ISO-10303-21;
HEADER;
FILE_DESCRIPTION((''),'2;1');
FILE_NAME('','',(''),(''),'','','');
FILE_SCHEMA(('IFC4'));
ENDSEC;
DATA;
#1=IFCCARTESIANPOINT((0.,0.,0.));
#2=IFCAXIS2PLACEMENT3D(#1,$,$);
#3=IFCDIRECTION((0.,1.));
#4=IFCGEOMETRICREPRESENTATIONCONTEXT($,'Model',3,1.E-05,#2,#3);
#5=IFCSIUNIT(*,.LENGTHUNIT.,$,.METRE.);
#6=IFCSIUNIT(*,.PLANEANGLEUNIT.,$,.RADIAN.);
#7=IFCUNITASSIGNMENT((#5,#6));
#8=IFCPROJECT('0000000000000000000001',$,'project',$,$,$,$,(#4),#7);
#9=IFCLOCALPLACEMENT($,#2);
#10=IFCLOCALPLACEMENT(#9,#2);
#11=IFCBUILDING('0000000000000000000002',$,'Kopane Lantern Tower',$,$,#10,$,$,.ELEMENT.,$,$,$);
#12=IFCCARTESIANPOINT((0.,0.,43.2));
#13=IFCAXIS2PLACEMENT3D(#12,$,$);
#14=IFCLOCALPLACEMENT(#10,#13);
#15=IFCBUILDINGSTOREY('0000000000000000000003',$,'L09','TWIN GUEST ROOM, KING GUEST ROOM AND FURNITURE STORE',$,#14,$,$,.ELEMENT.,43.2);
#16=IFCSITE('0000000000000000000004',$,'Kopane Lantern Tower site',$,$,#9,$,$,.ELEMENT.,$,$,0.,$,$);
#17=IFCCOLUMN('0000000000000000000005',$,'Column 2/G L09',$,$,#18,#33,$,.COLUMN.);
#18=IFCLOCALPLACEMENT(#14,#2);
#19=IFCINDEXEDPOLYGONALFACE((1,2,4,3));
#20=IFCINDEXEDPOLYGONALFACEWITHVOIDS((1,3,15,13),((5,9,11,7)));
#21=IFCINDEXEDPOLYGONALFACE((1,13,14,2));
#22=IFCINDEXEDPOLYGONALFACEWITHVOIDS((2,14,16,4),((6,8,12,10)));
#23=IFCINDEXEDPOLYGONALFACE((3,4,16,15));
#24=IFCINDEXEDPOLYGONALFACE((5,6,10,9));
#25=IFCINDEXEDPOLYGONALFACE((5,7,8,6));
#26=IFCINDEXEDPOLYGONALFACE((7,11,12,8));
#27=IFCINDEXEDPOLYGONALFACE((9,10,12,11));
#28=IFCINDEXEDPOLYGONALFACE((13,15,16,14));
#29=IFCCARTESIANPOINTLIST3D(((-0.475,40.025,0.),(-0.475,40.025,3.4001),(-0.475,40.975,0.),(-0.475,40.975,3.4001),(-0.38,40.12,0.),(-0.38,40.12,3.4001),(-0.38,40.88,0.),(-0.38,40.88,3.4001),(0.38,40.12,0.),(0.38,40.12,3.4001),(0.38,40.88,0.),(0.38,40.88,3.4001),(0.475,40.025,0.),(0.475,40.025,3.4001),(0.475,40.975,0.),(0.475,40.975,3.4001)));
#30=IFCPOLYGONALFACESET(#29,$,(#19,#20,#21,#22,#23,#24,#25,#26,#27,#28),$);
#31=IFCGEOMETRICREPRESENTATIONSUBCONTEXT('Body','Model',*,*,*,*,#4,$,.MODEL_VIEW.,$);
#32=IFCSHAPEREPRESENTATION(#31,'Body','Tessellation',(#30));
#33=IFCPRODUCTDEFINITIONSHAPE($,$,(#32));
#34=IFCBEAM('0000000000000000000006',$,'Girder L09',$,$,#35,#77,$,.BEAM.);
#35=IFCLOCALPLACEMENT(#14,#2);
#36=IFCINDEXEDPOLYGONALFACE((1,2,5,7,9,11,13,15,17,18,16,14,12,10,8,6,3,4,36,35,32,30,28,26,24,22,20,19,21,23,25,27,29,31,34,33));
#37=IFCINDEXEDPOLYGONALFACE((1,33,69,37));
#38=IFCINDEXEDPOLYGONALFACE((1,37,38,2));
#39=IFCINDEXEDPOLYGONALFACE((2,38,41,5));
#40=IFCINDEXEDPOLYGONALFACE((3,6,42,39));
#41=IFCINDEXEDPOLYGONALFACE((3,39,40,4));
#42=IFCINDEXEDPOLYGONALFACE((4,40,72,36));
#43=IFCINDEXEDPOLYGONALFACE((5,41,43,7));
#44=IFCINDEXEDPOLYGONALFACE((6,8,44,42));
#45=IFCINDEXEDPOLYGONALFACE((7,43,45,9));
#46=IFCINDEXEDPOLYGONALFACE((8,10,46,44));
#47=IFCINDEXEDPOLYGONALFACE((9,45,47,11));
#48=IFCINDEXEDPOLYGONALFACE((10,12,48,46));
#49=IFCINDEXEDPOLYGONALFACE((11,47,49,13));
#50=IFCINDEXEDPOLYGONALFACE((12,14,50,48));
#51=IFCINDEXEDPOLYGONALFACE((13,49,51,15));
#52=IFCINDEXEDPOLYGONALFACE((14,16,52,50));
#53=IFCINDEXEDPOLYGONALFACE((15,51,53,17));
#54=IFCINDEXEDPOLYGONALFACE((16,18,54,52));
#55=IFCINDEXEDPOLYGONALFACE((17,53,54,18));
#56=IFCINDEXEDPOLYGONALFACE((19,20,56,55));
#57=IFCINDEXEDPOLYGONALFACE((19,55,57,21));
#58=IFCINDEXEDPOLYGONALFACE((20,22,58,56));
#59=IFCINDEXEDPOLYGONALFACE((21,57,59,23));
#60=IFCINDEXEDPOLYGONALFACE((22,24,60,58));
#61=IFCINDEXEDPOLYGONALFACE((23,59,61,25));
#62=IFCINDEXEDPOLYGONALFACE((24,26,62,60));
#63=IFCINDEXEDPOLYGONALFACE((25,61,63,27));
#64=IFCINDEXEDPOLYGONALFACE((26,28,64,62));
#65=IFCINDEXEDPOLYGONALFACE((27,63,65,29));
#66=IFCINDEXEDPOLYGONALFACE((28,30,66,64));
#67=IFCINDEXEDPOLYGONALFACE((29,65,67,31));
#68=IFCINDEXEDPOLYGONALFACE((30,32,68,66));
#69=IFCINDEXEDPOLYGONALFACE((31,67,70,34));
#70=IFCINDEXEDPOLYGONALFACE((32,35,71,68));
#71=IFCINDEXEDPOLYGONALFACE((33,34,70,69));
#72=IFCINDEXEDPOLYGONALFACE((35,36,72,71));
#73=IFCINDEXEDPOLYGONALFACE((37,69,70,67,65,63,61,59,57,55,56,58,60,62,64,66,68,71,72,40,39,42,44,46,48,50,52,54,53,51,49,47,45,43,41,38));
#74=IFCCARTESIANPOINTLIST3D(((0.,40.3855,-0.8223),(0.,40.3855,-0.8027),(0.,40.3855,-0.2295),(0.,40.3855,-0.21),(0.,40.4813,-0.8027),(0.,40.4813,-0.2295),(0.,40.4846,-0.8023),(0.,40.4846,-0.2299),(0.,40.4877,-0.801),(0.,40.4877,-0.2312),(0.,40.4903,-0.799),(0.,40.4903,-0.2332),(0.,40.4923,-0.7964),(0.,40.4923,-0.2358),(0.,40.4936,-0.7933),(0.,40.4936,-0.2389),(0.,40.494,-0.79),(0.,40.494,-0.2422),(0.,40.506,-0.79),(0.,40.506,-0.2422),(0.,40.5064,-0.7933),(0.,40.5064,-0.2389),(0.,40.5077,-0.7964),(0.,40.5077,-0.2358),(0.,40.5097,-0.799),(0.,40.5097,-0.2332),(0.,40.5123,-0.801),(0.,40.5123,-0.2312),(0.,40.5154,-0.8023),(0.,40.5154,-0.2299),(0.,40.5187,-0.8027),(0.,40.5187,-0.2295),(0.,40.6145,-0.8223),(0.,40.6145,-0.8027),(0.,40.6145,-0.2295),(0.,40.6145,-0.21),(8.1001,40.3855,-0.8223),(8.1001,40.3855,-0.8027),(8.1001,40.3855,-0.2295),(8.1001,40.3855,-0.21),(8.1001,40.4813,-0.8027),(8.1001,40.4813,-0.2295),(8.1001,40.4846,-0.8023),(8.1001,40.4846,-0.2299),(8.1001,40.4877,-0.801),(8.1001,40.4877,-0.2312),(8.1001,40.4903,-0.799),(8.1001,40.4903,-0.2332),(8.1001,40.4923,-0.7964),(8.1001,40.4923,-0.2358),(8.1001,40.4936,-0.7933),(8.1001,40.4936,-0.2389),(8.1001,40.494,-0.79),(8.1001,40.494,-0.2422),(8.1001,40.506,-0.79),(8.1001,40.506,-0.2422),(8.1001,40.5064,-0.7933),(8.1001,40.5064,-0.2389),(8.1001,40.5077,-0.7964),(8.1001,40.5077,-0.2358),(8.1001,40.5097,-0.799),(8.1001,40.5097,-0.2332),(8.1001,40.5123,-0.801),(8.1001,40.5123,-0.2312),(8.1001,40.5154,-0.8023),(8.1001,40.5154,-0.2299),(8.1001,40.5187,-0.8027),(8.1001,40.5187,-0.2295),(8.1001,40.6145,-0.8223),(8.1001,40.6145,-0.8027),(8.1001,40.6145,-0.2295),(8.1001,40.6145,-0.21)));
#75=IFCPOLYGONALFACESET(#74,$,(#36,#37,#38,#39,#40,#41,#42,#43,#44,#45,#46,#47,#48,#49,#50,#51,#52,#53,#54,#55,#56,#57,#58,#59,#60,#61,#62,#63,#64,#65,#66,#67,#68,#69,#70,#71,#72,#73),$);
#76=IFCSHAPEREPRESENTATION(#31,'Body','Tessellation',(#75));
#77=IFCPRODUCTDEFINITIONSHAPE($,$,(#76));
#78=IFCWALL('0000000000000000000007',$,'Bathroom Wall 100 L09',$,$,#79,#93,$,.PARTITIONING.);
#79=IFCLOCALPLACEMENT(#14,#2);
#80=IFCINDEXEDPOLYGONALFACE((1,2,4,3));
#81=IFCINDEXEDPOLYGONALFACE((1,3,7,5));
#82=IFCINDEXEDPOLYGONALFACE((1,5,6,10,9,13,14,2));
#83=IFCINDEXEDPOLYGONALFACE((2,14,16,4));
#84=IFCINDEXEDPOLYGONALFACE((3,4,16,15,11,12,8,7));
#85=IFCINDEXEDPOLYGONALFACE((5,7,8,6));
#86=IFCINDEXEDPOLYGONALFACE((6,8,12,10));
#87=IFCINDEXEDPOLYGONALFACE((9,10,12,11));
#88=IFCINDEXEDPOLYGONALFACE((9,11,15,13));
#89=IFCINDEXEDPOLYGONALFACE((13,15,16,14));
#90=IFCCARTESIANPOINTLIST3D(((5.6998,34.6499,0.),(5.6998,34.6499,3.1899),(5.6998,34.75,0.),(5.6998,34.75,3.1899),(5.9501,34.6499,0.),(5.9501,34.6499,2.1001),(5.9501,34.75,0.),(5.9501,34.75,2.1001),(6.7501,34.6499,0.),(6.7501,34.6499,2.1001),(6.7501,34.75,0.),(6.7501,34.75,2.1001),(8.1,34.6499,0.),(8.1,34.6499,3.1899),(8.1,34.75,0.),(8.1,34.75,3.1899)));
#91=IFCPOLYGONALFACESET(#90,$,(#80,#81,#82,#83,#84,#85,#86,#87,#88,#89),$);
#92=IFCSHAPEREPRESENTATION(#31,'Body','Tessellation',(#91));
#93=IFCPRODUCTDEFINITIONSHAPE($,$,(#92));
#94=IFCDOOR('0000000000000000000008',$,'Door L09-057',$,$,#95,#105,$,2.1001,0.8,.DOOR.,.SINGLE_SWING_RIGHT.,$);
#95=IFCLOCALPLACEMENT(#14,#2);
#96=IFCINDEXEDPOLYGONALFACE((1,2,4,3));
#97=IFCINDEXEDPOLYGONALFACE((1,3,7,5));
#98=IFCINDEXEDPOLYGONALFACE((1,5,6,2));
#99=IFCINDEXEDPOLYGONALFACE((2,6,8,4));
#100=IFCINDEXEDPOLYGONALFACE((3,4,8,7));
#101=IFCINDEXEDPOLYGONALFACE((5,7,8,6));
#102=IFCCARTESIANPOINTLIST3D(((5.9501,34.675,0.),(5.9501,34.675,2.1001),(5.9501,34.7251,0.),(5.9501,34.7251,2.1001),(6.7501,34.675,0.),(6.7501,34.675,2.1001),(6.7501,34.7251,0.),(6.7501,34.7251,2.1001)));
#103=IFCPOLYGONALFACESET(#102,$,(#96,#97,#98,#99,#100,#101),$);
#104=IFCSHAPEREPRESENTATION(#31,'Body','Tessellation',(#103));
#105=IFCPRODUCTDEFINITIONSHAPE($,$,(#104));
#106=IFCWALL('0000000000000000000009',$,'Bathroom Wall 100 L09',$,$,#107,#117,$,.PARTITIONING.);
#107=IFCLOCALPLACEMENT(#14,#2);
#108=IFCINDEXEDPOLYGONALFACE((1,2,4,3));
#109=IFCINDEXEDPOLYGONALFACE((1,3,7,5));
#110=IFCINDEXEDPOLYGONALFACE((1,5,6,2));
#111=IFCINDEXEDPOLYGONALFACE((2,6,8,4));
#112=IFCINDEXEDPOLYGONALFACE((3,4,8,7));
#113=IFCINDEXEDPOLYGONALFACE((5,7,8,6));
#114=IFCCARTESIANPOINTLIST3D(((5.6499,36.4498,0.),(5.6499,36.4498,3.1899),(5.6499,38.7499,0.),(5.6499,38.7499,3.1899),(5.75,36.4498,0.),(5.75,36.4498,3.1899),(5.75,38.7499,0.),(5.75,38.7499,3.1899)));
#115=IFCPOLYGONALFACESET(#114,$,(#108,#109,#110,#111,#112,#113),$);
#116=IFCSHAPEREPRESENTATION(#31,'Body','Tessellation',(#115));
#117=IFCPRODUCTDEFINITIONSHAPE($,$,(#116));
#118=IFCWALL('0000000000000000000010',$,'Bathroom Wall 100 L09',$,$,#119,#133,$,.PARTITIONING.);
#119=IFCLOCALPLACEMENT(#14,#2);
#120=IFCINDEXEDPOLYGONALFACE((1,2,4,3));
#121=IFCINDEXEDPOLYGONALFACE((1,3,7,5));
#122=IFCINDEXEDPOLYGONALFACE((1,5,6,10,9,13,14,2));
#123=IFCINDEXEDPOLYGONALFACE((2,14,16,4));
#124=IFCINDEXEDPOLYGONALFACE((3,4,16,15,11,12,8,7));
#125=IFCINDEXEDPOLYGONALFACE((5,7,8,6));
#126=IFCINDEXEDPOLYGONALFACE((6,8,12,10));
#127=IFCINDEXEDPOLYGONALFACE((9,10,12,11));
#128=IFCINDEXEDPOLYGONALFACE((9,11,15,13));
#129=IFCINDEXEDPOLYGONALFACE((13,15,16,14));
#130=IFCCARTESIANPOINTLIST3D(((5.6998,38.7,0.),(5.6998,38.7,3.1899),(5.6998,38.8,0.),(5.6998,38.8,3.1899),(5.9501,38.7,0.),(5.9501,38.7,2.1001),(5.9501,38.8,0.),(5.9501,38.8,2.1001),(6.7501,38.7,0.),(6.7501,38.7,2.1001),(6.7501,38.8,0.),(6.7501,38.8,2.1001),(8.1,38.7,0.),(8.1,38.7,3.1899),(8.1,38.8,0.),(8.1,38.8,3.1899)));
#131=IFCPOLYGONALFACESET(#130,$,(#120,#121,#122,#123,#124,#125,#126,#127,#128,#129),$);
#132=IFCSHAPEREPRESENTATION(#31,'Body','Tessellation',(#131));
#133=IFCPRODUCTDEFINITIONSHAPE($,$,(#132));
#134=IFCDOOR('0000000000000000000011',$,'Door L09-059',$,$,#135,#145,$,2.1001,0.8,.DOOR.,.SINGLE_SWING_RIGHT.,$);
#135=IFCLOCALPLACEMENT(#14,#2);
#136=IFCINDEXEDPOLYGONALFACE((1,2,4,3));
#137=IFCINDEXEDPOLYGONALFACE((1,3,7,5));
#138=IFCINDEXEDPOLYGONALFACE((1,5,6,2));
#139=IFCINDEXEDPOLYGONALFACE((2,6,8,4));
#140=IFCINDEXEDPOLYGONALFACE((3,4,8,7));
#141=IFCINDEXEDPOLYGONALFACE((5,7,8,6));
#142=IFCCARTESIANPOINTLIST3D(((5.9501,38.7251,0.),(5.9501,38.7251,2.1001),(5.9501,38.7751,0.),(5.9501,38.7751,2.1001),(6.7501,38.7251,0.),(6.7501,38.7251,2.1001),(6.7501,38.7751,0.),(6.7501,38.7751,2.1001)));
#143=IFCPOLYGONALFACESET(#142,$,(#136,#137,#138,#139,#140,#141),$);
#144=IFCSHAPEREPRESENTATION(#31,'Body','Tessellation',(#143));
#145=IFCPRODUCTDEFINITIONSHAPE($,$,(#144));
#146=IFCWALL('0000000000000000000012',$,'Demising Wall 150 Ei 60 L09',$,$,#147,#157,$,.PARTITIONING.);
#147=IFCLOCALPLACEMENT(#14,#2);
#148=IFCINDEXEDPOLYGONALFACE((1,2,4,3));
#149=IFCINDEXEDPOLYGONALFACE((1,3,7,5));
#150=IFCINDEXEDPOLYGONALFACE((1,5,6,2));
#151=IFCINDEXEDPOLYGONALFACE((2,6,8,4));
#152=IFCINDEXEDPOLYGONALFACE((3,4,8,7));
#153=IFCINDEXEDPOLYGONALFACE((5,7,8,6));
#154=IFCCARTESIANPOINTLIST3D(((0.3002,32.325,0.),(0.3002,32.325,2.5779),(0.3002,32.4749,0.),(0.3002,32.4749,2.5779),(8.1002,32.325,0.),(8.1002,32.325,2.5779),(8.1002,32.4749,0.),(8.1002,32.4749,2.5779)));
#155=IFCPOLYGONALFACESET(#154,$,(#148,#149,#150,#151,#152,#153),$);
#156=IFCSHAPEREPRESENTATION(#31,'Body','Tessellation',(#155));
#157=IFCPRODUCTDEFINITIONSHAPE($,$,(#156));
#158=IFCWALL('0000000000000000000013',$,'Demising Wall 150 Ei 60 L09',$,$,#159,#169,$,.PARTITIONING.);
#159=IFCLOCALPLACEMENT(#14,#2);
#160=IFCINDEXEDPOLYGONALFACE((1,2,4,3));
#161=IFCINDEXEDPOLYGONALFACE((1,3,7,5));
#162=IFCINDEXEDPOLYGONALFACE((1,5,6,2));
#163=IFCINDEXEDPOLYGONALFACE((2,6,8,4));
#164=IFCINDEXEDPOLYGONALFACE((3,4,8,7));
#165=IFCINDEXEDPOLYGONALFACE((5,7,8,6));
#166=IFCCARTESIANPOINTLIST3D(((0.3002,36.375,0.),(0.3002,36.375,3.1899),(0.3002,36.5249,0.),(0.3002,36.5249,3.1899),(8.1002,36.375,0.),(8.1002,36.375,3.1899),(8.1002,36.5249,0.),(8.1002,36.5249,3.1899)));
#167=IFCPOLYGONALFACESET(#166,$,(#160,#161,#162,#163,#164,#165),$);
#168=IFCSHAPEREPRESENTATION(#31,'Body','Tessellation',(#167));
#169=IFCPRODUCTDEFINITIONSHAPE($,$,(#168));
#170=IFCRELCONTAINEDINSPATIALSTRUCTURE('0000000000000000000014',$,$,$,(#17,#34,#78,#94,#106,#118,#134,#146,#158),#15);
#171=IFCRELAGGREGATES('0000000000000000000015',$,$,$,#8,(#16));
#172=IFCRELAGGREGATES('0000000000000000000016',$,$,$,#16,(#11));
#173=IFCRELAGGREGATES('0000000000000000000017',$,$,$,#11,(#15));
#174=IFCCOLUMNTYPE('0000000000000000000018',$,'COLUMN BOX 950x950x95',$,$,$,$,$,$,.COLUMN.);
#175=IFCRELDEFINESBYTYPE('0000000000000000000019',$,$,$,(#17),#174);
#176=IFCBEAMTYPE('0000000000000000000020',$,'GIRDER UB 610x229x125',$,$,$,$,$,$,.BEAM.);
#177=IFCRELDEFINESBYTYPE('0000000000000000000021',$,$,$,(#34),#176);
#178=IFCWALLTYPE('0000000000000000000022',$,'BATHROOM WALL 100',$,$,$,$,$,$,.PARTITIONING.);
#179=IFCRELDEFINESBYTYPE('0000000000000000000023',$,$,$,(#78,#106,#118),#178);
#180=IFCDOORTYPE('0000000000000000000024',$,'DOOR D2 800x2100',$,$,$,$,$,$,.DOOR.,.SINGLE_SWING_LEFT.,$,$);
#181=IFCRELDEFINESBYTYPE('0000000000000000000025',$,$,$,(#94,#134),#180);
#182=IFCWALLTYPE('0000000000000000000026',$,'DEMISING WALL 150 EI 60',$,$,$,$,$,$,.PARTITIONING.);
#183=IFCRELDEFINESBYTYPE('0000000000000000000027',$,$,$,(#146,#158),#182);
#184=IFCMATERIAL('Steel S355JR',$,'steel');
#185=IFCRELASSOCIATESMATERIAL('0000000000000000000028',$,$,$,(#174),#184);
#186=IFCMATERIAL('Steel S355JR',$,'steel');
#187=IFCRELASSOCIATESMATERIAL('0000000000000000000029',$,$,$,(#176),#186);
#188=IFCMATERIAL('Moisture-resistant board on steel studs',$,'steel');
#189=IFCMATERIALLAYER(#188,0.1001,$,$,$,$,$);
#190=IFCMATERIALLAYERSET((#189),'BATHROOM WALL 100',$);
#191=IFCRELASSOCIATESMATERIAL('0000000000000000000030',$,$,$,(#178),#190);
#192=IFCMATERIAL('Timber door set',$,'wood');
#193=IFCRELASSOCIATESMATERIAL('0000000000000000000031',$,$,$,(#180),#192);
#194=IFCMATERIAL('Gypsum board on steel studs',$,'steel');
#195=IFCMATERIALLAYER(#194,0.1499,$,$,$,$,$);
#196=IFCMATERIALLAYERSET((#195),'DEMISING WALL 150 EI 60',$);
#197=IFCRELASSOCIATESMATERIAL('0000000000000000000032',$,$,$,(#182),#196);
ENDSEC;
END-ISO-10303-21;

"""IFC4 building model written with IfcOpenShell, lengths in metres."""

from ifc_helpers import new_model, si_unit, direction, frame, frame_2d, origin, origin_2d, place, context, subcontext, project, spatial, rectangle, hollow_rectangle, i_section, extrude, material, layer, layer_set, material_profile, profile_set, type_object, element, fill, save


model = new_model("IFC4")

# Units and contexts
model_context = context("Model", 3, precision=1e-05, world=origin(), true_north=direction((0.0, 1.0)))
body_context = subcontext(model_context, "Body", "Model", "MODEL_VIEW")
ifc_project = project(units=[si_unit("LENGTHUNIT", "METRE"), si_unit("PLANEANGLEUNIT", "RADIAN")], contexts=[model_context])

# Site, building, storey
site_placement = place(None, origin())
site = spatial("IfcSite", under=ifc_project, at=site_placement, Name="Kopane Lantern Tower site", CompositionType="ELEMENT", RefElevation=0.0)
building_placement = place(site_placement, origin())
building = spatial("IfcBuilding", under=site, at=building_placement, Name="Kopane Lantern Tower", CompositionType="ELEMENT")
storey_placement = place(building_placement, frame((0.0, 0.0, 43.2)))
storey = spatial("IfcBuildingStorey", under=building, at=storey_placement, Name="L09", Description="TWIN GUEST ROOM, KING GUEST ROOM AND FURNITURE STORE", CompositionType="ELEMENT", Elevation=43.2)

# Column
ifc_material_1 = material(Name="Steel S355JR", Category="steel")
ifc_material_profile_1 = material_profile(ifc_material_1, hollow_rectangle(XDim=0.95, YDim=0.95, WallThickness=0.095, at=origin_2d()), Name="BOX 950x950x95")
ifc_profile_set_1 = profile_set([ifc_material_profile_1], Name="Steel S355JR")
column_type = type_object("IfcColumnType", Name="COLUMN BOX 950x950x95", PredefinedType="COLUMN", material=ifc_profile_set_1)
column_placement = place(storey_placement, frame((0.0, 40.5, 0.0), z_axis=(0.0, 0.0, 1.0), x_axis=(1.0, 0.0, 0.0)))
element("IfcColumn", 1, at=column_placement, inside=storey, type_object=column_type, Name="Column 2/G L09", PredefinedType="COLUMN", context=body_context, shape_type="SweptSolid", body=[
    extrude(hollow_rectangle(XDim=0.95, YDim=0.95, WallThickness=0.095, at=origin_2d()), origin(), (0.0, 0.0, 1.0), 3.4001),
])

# Beam
ifc_material_2 = material(Name="Steel S355JR", Category="steel")
ifc_material_profile_2 = material_profile(ifc_material_2, i_section(OverallWidth=0.229, OverallDepth=0.6123, WebThickness=0.012, FlangeThickness=0.0195, FilletRadius=0.0127, at=origin_2d()), Name="UB 610x229x125")
ifc_profile_set_2 = profile_set([ifc_material_profile_2], Name="Steel S355JR")
beam_type = type_object("IfcBeamType", Name="GIRDER UB 610x229x125", PredefinedType="BEAM", material=ifc_profile_set_2)
beam_placement = place(storey_placement, frame((0.0, 40.5, -0.5161), z_axis=(1.0, 0.0, 0.0), x_axis=(0.0, 1.0, 0.0)))
element("IfcBeam", 2, at=beam_placement, inside=storey, type_object=beam_type, Name="Girder L09", PredefinedType="BEAM", context=body_context, shape_type="SweptSolid", body=[
    extrude(i_section(OverallWidth=0.229, OverallDepth=0.6123, WebThickness=0.012, FlangeThickness=0.0195, FilletRadius=0.0127, at=origin_2d()), origin(), (0.0, 0.0, 1.0), 8.1001),
])

# Wall, opening, door
ifc_material_3 = material(Name="Moisture-resistant board on steel studs", Category="steel")
ifc_layer_1 = layer(ifc_material_3, 0.1001)
ifc_layer_set_1 = layer_set([ifc_layer_1], Name="BATHROOM WALL 100")
wall_type_1 = type_object("IfcWallType", Name="BATHROOM WALL 100", PredefinedType="PARTITIONING", material=ifc_layer_set_1)
wall_1_placement = place(storey_placement, frame((8.1001, 34.7, 0.0), z_axis=(0.0, 0.0, 1.0), x_axis=(-1.0, 0.0, 0.0)))
wall_1 = element("IfcWall", 3, at=wall_1_placement, inside=storey, type_object=wall_type_1, Name="Bathroom Wall 100 L09", PredefinedType="PARTITIONING", context=body_context, shape_type="SweptSolid", body=[
    extrude(rectangle(XDim=2.4001, YDim=0.1001, at=frame_2d((1.2002, 0.0))), origin(), (0.0, 0.0, 1.0), 3.1899),
])
opening_1_placement = place(wall_1_placement, frame((1.3501, 0.0, 0.0)))
opening_1 = element("IfcOpeningElement", 4, at=opening_1_placement, cuts=wall_1, PredefinedType="OPENING", context=body_context, shape_type="SweptSolid", body=[
    extrude(rectangle(XDim=0.8, YDim=2.1001, at=frame_2d((0.3999, 1.05))), frame((0.0, 0.0601, 0.0), z_axis=(0.0, -1.0, 0.0), x_axis=(1.0, 0.0, 0.0)), (0.0, 0.0, 1.0), 0.1201),
])
ifc_material_4 = material(Name="Timber door set", Category="wood")
door_type = type_object("IfcDoorType", Name="DOOR D2 800x2100", OperationType="SINGLE_SWING_LEFT", PredefinedType="DOOR", material=ifc_material_4)
door_1_placement = place(opening_1_placement, origin())
door_1 = element("IfcDoor", 5, at=door_1_placement, inside=storey, type_object=door_type, Name="Door L09-057", OperationType="SINGLE_SWING_RIGHT", OverallHeight=2.1001, OverallWidth=0.8, PredefinedType="DOOR", context=body_context, shape_type="SweptSolid", body=[
    extrude(rectangle(XDim=0.8, YDim=2.1001, at=frame_2d((0.3999, 1.05))), frame((0.0, 0.0249, 0.0), z_axis=(0.0, -1.0, 0.0), x_axis=(1.0, 0.0, 0.0)), (0.0, 0.0, 1.0), 0.05),
])
fill(opening_1, door_1)

# Wall
wall_2_placement = place(storey_placement, frame((5.7, 36.45, 0.0), z_axis=(0.0, 0.0, 1.0), x_axis=(0.0, 1.0, 0.0)))
element("IfcWall", 6, at=wall_2_placement, inside=storey, type_object=wall_type_1, Name="Bathroom Wall 100 L09", PredefinedType="PARTITIONING", context=body_context, shape_type="SweptSolid", body=[
    extrude(rectangle(XDim=2.3, YDim=0.1001, at=frame_2d((1.1499, 0.0))), origin(), (0.0, 0.0, 1.0), 3.1899),
])

# Wall, opening, door
wall_3_placement = place(storey_placement, frame((8.1001, 38.75, 0.0), z_axis=(0.0, 0.0, 1.0), x_axis=(-1.0, 0.0, 0.0)))
wall_3 = element("IfcWall", 7, at=wall_3_placement, inside=storey, type_object=wall_type_1, Name="Bathroom Wall 100 L09", PredefinedType="PARTITIONING", context=body_context, shape_type="SweptSolid", body=[
    extrude(rectangle(XDim=2.4001, YDim=0.1001, at=frame_2d((1.2002, 0.0))), origin(), (0.0, 0.0, 1.0), 3.1899),
])
opening_2_placement = place(wall_3_placement, frame((1.3501, 0.0, 0.0)))
opening_2 = element("IfcOpeningElement", 8, at=opening_2_placement, cuts=wall_3, PredefinedType="OPENING", context=body_context, shape_type="SweptSolid", body=[
    extrude(rectangle(XDim=0.8, YDim=2.1001, at=frame_2d((0.3999, 1.05))), frame((0.0, 0.0601, 0.0), z_axis=(0.0, -1.0, 0.0), x_axis=(1.0, 0.0, 0.0)), (0.0, 0.0, 1.0), 0.1201),
])
door_2_placement = place(opening_2_placement, origin())
door_2 = element("IfcDoor", 9, at=door_2_placement, inside=storey, type_object=door_type, Name="Door L09-059", OperationType="SINGLE_SWING_RIGHT", OverallHeight=2.1001, OverallWidth=0.8, PredefinedType="DOOR", context=body_context, shape_type="SweptSolid", body=[
    extrude(rectangle(XDim=0.8, YDim=2.1001, at=frame_2d((0.3999, 1.05))), frame((0.0, 0.0249, 0.0), z_axis=(0.0, -1.0, 0.0), x_axis=(1.0, 0.0, 0.0)), (0.0, 0.0, 1.0), 0.05),
])
fill(opening_2, door_2)

# Walls
ifc_material_5 = material(Name="Gypsum board on steel studs", Category="steel")
ifc_layer_2 = layer(ifc_material_5, 0.1499)
ifc_layer_set_2 = layer_set([ifc_layer_2], Name="DEMISING WALL 150 EI 60")
wall_type_2 = type_object("IfcWallType", Name="DEMISING WALL 150 EI 60", PredefinedType="PARTITIONING", material=ifc_layer_set_2)
wall_4_placement = place(storey_placement, frame((8.1001, 32.3999, 0.0), z_axis=(0.0, 0.0, 1.0), x_axis=(-1.0, 0.0, 0.0)))
element("IfcWall", 10, at=wall_4_placement, inside=storey, type_object=wall_type_2, Name="Demising Wall 150 Ei 60 L09", PredefinedType="PARTITIONING", context=body_context, shape_type="SweptSolid", body=[
    extrude(rectangle(XDim=7.8, YDim=0.1499, at=frame_2d((3.8999, 0.0))), origin(), (0.0, 0.0, 1.0), 2.5779),
])
wall_5_placement = place(storey_placement, frame((8.1001, 36.45, 0.0), z_axis=(0.0, 0.0, 1.0), x_axis=(-1.0, 0.0, 0.0)))
element("IfcWall", 11, at=wall_5_placement, inside=storey, type_object=wall_type_2, Name="Demising Wall 150 Ei 60 L09", PredefinedType="PARTITIONING", context=body_context, shape_type="SweptSolid", body=[
    extrude(rectangle(XDim=7.8, YDim=0.1499, at=frame_2d((3.8999, 0.0))), origin(), (0.0, 0.0, 1.0), 3.1899),
])

save(model, "model.ifc")
